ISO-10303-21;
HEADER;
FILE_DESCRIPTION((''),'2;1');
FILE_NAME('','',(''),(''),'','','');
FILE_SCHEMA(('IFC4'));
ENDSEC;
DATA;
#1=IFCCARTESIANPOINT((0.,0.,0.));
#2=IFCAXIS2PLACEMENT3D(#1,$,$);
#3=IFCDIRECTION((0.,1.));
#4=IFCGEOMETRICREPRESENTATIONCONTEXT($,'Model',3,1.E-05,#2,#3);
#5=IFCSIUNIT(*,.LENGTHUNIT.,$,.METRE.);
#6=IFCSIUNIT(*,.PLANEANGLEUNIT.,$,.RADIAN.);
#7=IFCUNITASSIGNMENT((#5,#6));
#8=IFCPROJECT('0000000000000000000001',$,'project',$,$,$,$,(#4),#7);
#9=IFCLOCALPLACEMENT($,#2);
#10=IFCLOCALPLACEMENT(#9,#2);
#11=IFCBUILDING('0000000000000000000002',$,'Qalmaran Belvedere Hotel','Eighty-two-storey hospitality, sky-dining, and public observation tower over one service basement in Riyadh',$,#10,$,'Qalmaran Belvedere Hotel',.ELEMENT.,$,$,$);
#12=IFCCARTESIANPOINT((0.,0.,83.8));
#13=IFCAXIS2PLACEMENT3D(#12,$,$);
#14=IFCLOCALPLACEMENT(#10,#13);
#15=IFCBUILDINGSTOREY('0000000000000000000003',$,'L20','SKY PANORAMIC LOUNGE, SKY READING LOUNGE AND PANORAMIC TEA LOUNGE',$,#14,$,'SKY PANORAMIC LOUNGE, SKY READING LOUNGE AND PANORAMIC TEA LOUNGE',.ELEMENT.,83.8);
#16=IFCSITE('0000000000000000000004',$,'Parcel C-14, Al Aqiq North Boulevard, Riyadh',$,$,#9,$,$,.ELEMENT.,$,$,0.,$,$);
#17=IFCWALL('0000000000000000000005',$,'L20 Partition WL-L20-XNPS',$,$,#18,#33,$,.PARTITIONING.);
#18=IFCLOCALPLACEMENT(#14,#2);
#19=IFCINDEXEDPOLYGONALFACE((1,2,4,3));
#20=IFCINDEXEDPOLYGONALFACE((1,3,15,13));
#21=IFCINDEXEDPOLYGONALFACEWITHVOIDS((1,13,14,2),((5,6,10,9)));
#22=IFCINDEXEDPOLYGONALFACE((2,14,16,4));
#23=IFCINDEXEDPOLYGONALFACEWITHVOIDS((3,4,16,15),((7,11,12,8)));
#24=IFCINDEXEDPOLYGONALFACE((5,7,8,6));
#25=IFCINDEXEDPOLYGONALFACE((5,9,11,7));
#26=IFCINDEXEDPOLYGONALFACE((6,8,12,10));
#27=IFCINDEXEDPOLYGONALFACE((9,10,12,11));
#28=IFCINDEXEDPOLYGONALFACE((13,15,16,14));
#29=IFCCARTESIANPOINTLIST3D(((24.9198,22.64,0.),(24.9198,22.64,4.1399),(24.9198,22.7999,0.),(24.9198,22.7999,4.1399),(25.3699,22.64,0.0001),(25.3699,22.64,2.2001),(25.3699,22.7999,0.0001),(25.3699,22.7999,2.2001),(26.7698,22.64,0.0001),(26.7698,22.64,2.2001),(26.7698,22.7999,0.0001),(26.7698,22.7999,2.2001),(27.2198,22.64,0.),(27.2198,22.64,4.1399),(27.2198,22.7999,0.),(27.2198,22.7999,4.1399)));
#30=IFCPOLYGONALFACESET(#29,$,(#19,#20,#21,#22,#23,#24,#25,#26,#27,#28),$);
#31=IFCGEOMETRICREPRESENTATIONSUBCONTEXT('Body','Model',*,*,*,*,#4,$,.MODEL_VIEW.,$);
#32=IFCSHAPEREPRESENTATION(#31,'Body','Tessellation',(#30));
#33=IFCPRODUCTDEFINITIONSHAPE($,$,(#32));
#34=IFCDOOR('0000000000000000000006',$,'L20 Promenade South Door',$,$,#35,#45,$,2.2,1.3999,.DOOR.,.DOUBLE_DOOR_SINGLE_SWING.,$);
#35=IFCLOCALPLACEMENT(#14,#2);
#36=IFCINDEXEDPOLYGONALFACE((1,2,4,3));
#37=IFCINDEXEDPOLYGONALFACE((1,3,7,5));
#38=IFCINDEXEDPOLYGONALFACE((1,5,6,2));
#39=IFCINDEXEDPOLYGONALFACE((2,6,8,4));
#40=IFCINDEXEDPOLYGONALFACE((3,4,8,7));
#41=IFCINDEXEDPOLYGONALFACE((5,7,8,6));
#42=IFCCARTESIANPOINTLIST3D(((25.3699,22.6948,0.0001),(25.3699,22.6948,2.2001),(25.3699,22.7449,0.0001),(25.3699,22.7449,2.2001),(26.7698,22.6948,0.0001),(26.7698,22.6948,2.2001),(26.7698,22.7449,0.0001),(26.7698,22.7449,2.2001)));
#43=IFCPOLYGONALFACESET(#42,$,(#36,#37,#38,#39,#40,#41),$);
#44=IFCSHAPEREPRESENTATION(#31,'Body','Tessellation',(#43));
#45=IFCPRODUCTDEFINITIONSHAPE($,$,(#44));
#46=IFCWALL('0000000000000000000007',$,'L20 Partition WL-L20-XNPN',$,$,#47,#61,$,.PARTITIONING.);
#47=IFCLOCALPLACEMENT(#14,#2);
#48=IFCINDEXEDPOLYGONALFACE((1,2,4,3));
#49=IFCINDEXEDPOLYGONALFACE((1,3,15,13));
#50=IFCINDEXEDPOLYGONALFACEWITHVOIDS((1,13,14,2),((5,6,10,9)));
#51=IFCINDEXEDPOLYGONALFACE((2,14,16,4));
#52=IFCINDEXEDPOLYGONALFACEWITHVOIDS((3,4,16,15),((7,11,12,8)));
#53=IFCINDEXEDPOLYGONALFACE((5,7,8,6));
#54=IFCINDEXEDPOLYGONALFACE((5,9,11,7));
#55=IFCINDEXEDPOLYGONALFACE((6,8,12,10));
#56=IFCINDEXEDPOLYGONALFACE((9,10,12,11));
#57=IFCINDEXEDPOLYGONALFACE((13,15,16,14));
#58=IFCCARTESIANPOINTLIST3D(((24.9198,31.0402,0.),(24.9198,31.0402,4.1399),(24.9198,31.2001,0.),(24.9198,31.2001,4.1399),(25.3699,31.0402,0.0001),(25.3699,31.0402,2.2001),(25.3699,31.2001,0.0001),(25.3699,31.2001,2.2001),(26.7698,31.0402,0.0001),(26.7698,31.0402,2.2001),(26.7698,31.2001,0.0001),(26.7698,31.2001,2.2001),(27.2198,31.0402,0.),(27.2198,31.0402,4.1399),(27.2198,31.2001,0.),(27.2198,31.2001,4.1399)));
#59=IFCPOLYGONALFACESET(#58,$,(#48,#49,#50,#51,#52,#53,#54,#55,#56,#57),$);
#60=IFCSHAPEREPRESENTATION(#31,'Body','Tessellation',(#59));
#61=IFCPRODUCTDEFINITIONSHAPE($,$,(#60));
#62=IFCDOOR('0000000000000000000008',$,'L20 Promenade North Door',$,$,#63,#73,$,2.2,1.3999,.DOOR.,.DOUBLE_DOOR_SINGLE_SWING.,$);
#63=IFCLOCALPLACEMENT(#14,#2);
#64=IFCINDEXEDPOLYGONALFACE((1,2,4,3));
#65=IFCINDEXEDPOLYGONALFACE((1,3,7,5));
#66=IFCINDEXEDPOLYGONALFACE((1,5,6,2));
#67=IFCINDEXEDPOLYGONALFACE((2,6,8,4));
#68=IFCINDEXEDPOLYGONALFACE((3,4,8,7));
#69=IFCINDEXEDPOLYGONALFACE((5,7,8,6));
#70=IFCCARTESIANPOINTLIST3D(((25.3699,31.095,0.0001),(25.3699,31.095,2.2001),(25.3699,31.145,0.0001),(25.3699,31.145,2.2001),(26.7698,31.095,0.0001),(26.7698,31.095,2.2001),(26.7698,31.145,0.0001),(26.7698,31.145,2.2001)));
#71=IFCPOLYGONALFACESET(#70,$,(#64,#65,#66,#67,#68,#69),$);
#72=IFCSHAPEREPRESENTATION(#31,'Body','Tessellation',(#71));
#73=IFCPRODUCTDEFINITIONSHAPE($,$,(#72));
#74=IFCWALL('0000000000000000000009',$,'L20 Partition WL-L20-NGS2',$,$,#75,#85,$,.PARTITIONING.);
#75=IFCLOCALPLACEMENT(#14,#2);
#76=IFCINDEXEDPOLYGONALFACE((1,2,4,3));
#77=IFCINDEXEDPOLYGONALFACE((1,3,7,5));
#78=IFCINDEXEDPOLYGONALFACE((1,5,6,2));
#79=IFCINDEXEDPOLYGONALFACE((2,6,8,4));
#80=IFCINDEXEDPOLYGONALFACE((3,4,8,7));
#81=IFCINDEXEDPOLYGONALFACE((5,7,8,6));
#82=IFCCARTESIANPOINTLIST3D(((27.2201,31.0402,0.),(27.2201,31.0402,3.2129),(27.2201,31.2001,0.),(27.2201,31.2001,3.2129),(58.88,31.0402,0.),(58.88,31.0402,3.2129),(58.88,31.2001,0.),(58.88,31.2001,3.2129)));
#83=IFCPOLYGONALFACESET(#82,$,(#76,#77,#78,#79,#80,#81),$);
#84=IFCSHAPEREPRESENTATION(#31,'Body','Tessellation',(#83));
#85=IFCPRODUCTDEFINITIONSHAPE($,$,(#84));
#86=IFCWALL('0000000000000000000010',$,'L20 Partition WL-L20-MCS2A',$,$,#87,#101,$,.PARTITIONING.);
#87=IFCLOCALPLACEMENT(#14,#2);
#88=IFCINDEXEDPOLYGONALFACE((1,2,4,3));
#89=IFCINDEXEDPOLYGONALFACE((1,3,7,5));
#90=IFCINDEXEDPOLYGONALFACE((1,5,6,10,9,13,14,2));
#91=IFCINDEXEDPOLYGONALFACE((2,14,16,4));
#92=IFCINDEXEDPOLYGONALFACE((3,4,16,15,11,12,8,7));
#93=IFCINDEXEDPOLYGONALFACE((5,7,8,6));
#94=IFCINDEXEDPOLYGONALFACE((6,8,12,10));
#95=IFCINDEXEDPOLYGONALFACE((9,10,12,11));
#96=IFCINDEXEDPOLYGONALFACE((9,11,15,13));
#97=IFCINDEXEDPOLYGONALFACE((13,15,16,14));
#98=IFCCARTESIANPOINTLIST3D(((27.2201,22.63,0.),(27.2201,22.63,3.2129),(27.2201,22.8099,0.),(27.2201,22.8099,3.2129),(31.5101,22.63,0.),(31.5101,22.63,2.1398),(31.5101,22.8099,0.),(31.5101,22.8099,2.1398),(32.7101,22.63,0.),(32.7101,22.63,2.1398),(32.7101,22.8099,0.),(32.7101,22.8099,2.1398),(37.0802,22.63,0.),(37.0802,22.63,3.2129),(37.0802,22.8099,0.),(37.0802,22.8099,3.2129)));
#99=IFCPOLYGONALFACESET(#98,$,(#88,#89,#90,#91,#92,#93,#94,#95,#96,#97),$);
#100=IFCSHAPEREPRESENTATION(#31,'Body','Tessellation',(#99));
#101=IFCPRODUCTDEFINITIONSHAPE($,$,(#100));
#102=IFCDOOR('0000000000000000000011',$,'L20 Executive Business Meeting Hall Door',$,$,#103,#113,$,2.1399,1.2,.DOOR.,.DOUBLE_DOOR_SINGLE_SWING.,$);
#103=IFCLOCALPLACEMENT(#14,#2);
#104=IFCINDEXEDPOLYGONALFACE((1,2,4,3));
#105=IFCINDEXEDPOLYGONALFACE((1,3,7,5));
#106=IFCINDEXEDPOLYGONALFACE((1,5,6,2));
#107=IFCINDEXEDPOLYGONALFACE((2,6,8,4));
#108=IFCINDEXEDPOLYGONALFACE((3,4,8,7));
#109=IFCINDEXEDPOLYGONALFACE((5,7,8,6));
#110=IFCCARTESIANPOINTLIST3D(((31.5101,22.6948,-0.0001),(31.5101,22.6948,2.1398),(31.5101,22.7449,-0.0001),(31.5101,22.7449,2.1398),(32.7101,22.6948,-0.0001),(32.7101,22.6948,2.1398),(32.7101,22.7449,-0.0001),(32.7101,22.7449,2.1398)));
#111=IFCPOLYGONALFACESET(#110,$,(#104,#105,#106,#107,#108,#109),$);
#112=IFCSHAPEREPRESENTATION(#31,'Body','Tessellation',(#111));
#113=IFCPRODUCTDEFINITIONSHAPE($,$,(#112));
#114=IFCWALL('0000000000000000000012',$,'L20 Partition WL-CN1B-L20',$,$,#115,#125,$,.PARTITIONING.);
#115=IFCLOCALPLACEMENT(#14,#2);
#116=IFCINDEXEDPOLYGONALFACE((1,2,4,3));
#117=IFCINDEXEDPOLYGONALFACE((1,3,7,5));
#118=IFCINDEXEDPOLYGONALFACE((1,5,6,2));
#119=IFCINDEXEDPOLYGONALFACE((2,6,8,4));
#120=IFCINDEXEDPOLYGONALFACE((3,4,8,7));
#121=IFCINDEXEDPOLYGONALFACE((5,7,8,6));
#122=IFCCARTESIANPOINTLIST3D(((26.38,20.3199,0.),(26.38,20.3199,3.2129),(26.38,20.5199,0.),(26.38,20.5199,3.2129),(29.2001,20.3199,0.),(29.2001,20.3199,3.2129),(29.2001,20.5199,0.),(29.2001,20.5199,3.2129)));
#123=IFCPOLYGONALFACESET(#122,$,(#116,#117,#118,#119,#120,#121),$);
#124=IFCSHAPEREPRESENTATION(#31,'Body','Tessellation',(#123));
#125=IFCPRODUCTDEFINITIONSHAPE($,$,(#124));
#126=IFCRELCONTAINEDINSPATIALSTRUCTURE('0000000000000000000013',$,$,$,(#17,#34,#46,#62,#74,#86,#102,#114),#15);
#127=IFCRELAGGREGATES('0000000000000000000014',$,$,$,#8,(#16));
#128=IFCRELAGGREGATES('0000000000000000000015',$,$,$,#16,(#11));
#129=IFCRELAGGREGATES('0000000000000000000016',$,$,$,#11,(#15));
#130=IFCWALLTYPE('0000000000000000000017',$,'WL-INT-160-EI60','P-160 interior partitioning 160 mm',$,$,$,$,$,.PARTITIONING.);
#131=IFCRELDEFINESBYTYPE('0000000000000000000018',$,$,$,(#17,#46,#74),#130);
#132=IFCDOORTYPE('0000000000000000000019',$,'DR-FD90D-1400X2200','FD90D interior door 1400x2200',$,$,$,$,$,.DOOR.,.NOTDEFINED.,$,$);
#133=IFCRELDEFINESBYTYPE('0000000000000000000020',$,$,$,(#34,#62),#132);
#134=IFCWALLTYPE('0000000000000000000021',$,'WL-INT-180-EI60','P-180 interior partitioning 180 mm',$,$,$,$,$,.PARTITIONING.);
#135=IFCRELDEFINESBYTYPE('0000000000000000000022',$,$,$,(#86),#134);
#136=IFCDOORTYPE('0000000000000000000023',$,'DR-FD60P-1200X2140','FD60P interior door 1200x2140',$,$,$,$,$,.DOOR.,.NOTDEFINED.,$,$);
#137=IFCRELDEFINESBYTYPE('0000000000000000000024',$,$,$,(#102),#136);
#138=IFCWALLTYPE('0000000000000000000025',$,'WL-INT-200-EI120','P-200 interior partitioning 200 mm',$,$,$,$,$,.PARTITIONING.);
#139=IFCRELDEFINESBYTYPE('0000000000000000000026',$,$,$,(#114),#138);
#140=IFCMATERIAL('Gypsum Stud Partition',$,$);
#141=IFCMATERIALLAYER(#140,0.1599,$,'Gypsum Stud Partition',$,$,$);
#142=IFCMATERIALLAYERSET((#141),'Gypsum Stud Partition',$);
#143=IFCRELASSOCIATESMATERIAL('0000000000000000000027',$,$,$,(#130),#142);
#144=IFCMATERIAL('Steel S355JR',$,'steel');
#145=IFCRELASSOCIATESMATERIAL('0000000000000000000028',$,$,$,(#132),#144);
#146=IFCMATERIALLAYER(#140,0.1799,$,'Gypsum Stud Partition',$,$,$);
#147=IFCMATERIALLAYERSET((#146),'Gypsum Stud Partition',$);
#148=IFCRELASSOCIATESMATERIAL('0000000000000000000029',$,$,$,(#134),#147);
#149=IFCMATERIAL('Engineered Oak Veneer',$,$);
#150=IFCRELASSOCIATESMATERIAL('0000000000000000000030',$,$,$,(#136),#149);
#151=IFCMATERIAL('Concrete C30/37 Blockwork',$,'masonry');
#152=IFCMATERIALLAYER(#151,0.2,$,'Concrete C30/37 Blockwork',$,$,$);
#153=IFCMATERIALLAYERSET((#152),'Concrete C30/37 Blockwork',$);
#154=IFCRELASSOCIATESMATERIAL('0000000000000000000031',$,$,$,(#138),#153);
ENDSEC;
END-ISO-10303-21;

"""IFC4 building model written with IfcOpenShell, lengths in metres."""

from ifc_helpers import new_model, si_unit, direction, frame, frame_2d, origin, place, context, subcontext, project, spatial, rectangle, extrude, material, layer, layer_set, type_object, element, fill, save


model = new_model("IFC4")

# Units and contexts
model_context = context("Model", 3, precision=1e-05, world=origin(), true_north=direction((0.0, 1.0)))
body_context = subcontext(model_context, "Body", "Model", "MODEL_VIEW")
ifc_project = project(units=[si_unit("LENGTHUNIT", "METRE"), si_unit("PLANEANGLEUNIT", "RADIAN")], contexts=[model_context])

# Site, building, storey
site_placement = place(None, origin())
site = spatial("IfcSite", under=ifc_project, at=site_placement, Name="Parcel C-14, Al Aqiq North Boulevard, Riyadh", CompositionType="ELEMENT", RefElevation=0.0)
building_placement = place(site_placement, origin())
building = spatial("IfcBuilding", under=site, at=building_placement, Name="Qalmaran Belvedere Hotel", Description="Eighty-two-storey hospitality, sky-dining, and public observation tower over one service basement in Riyadh", LongName="Qalmaran Belvedere Hotel", CompositionType="ELEMENT")
storey_placement = place(building_placement, frame((0.0, 0.0, 83.8)))
storey = spatial("IfcBuildingStorey", under=building, at=storey_placement, Name="L20", Description="SKY PANORAMIC LOUNGE, SKY READING LOUNGE AND PANORAMIC TEA LOUNGE", LongName="SKY PANORAMIC LOUNGE, SKY READING LOUNGE AND PANORAMIC TEA LOUNGE", CompositionType="ELEMENT", Elevation=83.8)

# Shared definitions
ifc_material_1 = material(Name="Steel S355JR", Category="steel")

# Shared definitions
ifc_material_2 = material(Name="Gypsum Stud Partition")

# Shared definitions
ifc_layer_1 = layer(ifc_material_2, 0.1599, Name="Gypsum Stud Partition")
ifc_layer_set_1 = layer_set([ifc_layer_1], Name="Gypsum Stud Partition")
wall_type_1 = type_object("IfcWallType", Name="WL-INT-160-EI60", Description="P-160 interior partitioning 160 mm", PredefinedType="PARTITIONING", material=ifc_layer_set_1)

# Walls, openings, doors
wall_1_placement = place(storey_placement, frame((24.9199, 22.72, 0.0), z_axis=(0.0, 0.0, 1.0), x_axis=(1.0, 0.0, 0.0)))
wall_1 = element("IfcWall", 1, at=wall_1_placement, inside=storey, type_object=wall_type_1, Name="L20 Partition WL-L20-XNPS", PredefinedType="PARTITIONING", context=body_context, shape_type="SweptSolid", body=[
    extrude(rectangle(XDim=2.3, YDim=0.1599, at=frame_2d((1.1499, 0.0))), origin(), (0.0, 0.0, 1.0), 4.1399),
])
opening_1_placement = place(wall_1_placement, frame((0.45, 0.0, 0.0)))
opening_1 = element("IfcOpeningElement", 2, at=opening_1_placement, cuts=wall_1, PredefinedType="OPENING", context=body_context, shape_type="SweptSolid", body=[
    extrude(rectangle(XDim=1.3999, YDim=2.2, at=frame_2d((0.7, 1.1001))), frame((0.0, 0.0898, 0.0), z_axis=(0.0, -1.0, 0.0), x_axis=(1.0, 0.0, 0.0)), (0.0, 0.0, 1.0), 0.1799),
])
door_type_1 = type_object("IfcDoorType", Name="DR-FD90D-1400X2200", Description="FD90D interior door 1400x2200", OperationType="NOTDEFINED", PredefinedType="DOOR", material=ifc_material_1)
door_1_placement = place(opening_1_placement, origin())
door_1 = element("IfcDoor", 3, at=door_1_placement, inside=storey, type_object=door_type_1, Name="L20 Promenade South Door", OperationType="DOUBLE_DOOR_SINGLE_SWING", OverallHeight=2.2, OverallWidth=1.3999, PredefinedType="DOOR", context=body_context, shape_type="SweptSolid", body=[
    extrude(rectangle(XDim=1.3999, YDim=2.2, at=frame_2d((0.7, 1.1001))), frame((0.0, 0.0249, 0.0), z_axis=(0.0, -1.0, 0.0), x_axis=(1.0, 0.0, 0.0)), (0.0, 0.0, 1.0), 0.05),
])
fill(opening_1, door_1)
wall_2_placement = place(storey_placement, frame((24.9199, 31.1201, 0.0), z_axis=(0.0, 0.0, 1.0), x_axis=(1.0, 0.0, 0.0)))
wall_2 = element("IfcWall", 4, at=wall_2_placement, inside=storey, type_object=wall_type_1, Name="L20 Partition WL-L20-XNPN", PredefinedType="PARTITIONING", context=body_context, shape_type="SweptSolid", body=[
    extrude(rectangle(XDim=2.3, YDim=0.1599, at=frame_2d((1.1499, 0.0))), origin(), (0.0, 0.0, 1.0), 4.1399),
])
opening_2_placement = place(wall_2_placement, frame((0.45, 0.0, 0.0)))
opening_2 = element("IfcOpeningElement", 5, at=opening_2_placement, cuts=wall_2, PredefinedType="OPENING", context=body_context, shape_type="SweptSolid", body=[
    extrude(rectangle(XDim=1.3999, YDim=2.2, at=frame_2d((0.7, 1.1001))), frame((0.0, 0.0898, 0.0), z_axis=(0.0, -1.0, 0.0), x_axis=(1.0, 0.0, 0.0)), (0.0, 0.0, 1.0), 0.1799),
])
door_2_placement = place(opening_2_placement, origin())
door_2 = element("IfcDoor", 6, at=door_2_placement, inside=storey, type_object=door_type_1, Name="L20 Promenade North Door", OperationType="DOUBLE_DOOR_SINGLE_SWING", OverallHeight=2.2, OverallWidth=1.3999, PredefinedType="DOOR", context=body_context, shape_type="SweptSolid", body=[
    extrude(rectangle(XDim=1.3999, YDim=2.2, at=frame_2d((0.7, 1.1001))), frame((0.0, 0.0249, 0.0), z_axis=(0.0, -1.0, 0.0), x_axis=(1.0, 0.0, 0.0)), (0.0, 0.0, 1.0), 0.05),
])
fill(opening_2, door_2)

# Wall
wall_3_placement = place(storey_placement, frame((27.22, 31.1201, 0.0), z_axis=(0.0, 0.0, 1.0), x_axis=(1.0, 0.0, 0.0)))
element("IfcWall", 7, at=wall_3_placement, inside=storey, type_object=wall_type_1, Name="L20 Partition WL-L20-NGS2", PredefinedType="PARTITIONING", context=body_context, shape_type="SweptSolid", body=[
    extrude(rectangle(XDim=31.6599, YDim=0.1599, at=frame_2d((15.8301, 0.0))), origin(), (0.0, 0.0, 1.0), 3.2129),
])

# Wall, opening, door
ifc_layer_2 = layer(ifc_material_2, 0.1799, Name="Gypsum Stud Partition")
ifc_layer_set_2 = layer_set([ifc_layer_2], Name="Gypsum Stud Partition")
wall_type_2 = type_object("IfcWallType", Name="WL-INT-180-EI60", Description="P-180 interior partitioning 180 mm", PredefinedType="PARTITIONING", material=ifc_layer_set_2)
wall_4_placement = place(storey_placement, frame((27.22, 22.72, 0.0), z_axis=(0.0, 0.0, 1.0), x_axis=(1.0, 0.0, 0.0)))
wall_4 = element("IfcWall", 8, at=wall_4_placement, inside=storey, type_object=wall_type_2, Name="L20 Partition WL-L20-MCS2A", PredefinedType="PARTITIONING", context=body_context, shape_type="SweptSolid", body=[
    extrude(rectangle(XDim=9.8601, YDim=0.1799, at=frame_2d((4.9302, 0.0))), origin(), (0.0, 0.0, 1.0), 3.2129),
])
opening_3_placement = place(wall_4_placement, frame((4.29, 0.0, 0.0)))
opening_3 = element("IfcOpeningElement", 9, at=opening_3_placement, cuts=wall_4, PredefinedType="OPENING", context=body_context, shape_type="SweptSolid", body=[
    extrude(rectangle(XDim=1.2, YDim=2.1399, at=frame_2d((0.6001, 1.0698))), frame((0.0, 0.1001, 0.0), z_axis=(0.0, -1.0, 0.0), x_axis=(1.0, 0.0, 0.0)), (0.0, 0.0, 1.0), 0.2),
])
ifc_material_3 = material(Name="Engineered Oak Veneer")
door_type_2 = type_object("IfcDoorType", Name="DR-FD60P-1200X2140", Description="FD60P interior door 1200x2140", OperationType="NOTDEFINED", PredefinedType="DOOR", material=ifc_material_3)
door_3_placement = place(opening_3_placement, origin())
door_3 = element("IfcDoor", 10, at=door_3_placement, inside=storey, type_object=door_type_2, Name="L20 Executive Business Meeting Hall Door", OperationType="DOUBLE_DOOR_SINGLE_SWING", OverallHeight=2.1399, OverallWidth=1.2, PredefinedType="DOOR", context=body_context, shape_type="SweptSolid", body=[
    extrude(rectangle(XDim=1.2, YDim=2.1399, at=frame_2d((0.6001, 1.0698))), frame((0.0, 0.0249, 0.0), z_axis=(0.0, -1.0, 0.0), x_axis=(1.0, 0.0, 0.0)), (0.0, 0.0, 1.0), 0.05),
])
fill(opening_3, door_3)
ifc_material_4 = material(Name="Concrete C30/37 Blockwork", Category="masonry")
ifc_layer_3 = layer(ifc_material_4, 0.2, Name="Concrete C30/37 Blockwork")
ifc_layer_set_3 = layer_set([ifc_layer_3], Name="Concrete C30/37 Blockwork")
wall_type_3 = type_object("IfcWallType", Name="WL-INT-200-EI120", Description="P-200 interior partitioning 200 mm", PredefinedType="PARTITIONING", material=ifc_layer_set_3)

# Wall
wall_5_placement = place(storey_placement, frame((26.3799, 20.4199, 0.0), z_axis=(0.0, 0.0, 1.0), x_axis=(1.0, 0.0, 0.0)))
element("IfcWall", 11, at=wall_5_placement, inside=storey, type_object=wall_type_3, Name="L20 Partition WL-CN1B-L20", PredefinedType="PARTITIONING", context=body_context, shape_type="SweptSolid", body=[
    extrude(rectangle(XDim=2.8201, YDim=0.2, at=frame_2d((1.4102, 0.0))), origin(), (0.0, 0.0, 1.0), 3.2129),
])

save(model, "model.ifc")
